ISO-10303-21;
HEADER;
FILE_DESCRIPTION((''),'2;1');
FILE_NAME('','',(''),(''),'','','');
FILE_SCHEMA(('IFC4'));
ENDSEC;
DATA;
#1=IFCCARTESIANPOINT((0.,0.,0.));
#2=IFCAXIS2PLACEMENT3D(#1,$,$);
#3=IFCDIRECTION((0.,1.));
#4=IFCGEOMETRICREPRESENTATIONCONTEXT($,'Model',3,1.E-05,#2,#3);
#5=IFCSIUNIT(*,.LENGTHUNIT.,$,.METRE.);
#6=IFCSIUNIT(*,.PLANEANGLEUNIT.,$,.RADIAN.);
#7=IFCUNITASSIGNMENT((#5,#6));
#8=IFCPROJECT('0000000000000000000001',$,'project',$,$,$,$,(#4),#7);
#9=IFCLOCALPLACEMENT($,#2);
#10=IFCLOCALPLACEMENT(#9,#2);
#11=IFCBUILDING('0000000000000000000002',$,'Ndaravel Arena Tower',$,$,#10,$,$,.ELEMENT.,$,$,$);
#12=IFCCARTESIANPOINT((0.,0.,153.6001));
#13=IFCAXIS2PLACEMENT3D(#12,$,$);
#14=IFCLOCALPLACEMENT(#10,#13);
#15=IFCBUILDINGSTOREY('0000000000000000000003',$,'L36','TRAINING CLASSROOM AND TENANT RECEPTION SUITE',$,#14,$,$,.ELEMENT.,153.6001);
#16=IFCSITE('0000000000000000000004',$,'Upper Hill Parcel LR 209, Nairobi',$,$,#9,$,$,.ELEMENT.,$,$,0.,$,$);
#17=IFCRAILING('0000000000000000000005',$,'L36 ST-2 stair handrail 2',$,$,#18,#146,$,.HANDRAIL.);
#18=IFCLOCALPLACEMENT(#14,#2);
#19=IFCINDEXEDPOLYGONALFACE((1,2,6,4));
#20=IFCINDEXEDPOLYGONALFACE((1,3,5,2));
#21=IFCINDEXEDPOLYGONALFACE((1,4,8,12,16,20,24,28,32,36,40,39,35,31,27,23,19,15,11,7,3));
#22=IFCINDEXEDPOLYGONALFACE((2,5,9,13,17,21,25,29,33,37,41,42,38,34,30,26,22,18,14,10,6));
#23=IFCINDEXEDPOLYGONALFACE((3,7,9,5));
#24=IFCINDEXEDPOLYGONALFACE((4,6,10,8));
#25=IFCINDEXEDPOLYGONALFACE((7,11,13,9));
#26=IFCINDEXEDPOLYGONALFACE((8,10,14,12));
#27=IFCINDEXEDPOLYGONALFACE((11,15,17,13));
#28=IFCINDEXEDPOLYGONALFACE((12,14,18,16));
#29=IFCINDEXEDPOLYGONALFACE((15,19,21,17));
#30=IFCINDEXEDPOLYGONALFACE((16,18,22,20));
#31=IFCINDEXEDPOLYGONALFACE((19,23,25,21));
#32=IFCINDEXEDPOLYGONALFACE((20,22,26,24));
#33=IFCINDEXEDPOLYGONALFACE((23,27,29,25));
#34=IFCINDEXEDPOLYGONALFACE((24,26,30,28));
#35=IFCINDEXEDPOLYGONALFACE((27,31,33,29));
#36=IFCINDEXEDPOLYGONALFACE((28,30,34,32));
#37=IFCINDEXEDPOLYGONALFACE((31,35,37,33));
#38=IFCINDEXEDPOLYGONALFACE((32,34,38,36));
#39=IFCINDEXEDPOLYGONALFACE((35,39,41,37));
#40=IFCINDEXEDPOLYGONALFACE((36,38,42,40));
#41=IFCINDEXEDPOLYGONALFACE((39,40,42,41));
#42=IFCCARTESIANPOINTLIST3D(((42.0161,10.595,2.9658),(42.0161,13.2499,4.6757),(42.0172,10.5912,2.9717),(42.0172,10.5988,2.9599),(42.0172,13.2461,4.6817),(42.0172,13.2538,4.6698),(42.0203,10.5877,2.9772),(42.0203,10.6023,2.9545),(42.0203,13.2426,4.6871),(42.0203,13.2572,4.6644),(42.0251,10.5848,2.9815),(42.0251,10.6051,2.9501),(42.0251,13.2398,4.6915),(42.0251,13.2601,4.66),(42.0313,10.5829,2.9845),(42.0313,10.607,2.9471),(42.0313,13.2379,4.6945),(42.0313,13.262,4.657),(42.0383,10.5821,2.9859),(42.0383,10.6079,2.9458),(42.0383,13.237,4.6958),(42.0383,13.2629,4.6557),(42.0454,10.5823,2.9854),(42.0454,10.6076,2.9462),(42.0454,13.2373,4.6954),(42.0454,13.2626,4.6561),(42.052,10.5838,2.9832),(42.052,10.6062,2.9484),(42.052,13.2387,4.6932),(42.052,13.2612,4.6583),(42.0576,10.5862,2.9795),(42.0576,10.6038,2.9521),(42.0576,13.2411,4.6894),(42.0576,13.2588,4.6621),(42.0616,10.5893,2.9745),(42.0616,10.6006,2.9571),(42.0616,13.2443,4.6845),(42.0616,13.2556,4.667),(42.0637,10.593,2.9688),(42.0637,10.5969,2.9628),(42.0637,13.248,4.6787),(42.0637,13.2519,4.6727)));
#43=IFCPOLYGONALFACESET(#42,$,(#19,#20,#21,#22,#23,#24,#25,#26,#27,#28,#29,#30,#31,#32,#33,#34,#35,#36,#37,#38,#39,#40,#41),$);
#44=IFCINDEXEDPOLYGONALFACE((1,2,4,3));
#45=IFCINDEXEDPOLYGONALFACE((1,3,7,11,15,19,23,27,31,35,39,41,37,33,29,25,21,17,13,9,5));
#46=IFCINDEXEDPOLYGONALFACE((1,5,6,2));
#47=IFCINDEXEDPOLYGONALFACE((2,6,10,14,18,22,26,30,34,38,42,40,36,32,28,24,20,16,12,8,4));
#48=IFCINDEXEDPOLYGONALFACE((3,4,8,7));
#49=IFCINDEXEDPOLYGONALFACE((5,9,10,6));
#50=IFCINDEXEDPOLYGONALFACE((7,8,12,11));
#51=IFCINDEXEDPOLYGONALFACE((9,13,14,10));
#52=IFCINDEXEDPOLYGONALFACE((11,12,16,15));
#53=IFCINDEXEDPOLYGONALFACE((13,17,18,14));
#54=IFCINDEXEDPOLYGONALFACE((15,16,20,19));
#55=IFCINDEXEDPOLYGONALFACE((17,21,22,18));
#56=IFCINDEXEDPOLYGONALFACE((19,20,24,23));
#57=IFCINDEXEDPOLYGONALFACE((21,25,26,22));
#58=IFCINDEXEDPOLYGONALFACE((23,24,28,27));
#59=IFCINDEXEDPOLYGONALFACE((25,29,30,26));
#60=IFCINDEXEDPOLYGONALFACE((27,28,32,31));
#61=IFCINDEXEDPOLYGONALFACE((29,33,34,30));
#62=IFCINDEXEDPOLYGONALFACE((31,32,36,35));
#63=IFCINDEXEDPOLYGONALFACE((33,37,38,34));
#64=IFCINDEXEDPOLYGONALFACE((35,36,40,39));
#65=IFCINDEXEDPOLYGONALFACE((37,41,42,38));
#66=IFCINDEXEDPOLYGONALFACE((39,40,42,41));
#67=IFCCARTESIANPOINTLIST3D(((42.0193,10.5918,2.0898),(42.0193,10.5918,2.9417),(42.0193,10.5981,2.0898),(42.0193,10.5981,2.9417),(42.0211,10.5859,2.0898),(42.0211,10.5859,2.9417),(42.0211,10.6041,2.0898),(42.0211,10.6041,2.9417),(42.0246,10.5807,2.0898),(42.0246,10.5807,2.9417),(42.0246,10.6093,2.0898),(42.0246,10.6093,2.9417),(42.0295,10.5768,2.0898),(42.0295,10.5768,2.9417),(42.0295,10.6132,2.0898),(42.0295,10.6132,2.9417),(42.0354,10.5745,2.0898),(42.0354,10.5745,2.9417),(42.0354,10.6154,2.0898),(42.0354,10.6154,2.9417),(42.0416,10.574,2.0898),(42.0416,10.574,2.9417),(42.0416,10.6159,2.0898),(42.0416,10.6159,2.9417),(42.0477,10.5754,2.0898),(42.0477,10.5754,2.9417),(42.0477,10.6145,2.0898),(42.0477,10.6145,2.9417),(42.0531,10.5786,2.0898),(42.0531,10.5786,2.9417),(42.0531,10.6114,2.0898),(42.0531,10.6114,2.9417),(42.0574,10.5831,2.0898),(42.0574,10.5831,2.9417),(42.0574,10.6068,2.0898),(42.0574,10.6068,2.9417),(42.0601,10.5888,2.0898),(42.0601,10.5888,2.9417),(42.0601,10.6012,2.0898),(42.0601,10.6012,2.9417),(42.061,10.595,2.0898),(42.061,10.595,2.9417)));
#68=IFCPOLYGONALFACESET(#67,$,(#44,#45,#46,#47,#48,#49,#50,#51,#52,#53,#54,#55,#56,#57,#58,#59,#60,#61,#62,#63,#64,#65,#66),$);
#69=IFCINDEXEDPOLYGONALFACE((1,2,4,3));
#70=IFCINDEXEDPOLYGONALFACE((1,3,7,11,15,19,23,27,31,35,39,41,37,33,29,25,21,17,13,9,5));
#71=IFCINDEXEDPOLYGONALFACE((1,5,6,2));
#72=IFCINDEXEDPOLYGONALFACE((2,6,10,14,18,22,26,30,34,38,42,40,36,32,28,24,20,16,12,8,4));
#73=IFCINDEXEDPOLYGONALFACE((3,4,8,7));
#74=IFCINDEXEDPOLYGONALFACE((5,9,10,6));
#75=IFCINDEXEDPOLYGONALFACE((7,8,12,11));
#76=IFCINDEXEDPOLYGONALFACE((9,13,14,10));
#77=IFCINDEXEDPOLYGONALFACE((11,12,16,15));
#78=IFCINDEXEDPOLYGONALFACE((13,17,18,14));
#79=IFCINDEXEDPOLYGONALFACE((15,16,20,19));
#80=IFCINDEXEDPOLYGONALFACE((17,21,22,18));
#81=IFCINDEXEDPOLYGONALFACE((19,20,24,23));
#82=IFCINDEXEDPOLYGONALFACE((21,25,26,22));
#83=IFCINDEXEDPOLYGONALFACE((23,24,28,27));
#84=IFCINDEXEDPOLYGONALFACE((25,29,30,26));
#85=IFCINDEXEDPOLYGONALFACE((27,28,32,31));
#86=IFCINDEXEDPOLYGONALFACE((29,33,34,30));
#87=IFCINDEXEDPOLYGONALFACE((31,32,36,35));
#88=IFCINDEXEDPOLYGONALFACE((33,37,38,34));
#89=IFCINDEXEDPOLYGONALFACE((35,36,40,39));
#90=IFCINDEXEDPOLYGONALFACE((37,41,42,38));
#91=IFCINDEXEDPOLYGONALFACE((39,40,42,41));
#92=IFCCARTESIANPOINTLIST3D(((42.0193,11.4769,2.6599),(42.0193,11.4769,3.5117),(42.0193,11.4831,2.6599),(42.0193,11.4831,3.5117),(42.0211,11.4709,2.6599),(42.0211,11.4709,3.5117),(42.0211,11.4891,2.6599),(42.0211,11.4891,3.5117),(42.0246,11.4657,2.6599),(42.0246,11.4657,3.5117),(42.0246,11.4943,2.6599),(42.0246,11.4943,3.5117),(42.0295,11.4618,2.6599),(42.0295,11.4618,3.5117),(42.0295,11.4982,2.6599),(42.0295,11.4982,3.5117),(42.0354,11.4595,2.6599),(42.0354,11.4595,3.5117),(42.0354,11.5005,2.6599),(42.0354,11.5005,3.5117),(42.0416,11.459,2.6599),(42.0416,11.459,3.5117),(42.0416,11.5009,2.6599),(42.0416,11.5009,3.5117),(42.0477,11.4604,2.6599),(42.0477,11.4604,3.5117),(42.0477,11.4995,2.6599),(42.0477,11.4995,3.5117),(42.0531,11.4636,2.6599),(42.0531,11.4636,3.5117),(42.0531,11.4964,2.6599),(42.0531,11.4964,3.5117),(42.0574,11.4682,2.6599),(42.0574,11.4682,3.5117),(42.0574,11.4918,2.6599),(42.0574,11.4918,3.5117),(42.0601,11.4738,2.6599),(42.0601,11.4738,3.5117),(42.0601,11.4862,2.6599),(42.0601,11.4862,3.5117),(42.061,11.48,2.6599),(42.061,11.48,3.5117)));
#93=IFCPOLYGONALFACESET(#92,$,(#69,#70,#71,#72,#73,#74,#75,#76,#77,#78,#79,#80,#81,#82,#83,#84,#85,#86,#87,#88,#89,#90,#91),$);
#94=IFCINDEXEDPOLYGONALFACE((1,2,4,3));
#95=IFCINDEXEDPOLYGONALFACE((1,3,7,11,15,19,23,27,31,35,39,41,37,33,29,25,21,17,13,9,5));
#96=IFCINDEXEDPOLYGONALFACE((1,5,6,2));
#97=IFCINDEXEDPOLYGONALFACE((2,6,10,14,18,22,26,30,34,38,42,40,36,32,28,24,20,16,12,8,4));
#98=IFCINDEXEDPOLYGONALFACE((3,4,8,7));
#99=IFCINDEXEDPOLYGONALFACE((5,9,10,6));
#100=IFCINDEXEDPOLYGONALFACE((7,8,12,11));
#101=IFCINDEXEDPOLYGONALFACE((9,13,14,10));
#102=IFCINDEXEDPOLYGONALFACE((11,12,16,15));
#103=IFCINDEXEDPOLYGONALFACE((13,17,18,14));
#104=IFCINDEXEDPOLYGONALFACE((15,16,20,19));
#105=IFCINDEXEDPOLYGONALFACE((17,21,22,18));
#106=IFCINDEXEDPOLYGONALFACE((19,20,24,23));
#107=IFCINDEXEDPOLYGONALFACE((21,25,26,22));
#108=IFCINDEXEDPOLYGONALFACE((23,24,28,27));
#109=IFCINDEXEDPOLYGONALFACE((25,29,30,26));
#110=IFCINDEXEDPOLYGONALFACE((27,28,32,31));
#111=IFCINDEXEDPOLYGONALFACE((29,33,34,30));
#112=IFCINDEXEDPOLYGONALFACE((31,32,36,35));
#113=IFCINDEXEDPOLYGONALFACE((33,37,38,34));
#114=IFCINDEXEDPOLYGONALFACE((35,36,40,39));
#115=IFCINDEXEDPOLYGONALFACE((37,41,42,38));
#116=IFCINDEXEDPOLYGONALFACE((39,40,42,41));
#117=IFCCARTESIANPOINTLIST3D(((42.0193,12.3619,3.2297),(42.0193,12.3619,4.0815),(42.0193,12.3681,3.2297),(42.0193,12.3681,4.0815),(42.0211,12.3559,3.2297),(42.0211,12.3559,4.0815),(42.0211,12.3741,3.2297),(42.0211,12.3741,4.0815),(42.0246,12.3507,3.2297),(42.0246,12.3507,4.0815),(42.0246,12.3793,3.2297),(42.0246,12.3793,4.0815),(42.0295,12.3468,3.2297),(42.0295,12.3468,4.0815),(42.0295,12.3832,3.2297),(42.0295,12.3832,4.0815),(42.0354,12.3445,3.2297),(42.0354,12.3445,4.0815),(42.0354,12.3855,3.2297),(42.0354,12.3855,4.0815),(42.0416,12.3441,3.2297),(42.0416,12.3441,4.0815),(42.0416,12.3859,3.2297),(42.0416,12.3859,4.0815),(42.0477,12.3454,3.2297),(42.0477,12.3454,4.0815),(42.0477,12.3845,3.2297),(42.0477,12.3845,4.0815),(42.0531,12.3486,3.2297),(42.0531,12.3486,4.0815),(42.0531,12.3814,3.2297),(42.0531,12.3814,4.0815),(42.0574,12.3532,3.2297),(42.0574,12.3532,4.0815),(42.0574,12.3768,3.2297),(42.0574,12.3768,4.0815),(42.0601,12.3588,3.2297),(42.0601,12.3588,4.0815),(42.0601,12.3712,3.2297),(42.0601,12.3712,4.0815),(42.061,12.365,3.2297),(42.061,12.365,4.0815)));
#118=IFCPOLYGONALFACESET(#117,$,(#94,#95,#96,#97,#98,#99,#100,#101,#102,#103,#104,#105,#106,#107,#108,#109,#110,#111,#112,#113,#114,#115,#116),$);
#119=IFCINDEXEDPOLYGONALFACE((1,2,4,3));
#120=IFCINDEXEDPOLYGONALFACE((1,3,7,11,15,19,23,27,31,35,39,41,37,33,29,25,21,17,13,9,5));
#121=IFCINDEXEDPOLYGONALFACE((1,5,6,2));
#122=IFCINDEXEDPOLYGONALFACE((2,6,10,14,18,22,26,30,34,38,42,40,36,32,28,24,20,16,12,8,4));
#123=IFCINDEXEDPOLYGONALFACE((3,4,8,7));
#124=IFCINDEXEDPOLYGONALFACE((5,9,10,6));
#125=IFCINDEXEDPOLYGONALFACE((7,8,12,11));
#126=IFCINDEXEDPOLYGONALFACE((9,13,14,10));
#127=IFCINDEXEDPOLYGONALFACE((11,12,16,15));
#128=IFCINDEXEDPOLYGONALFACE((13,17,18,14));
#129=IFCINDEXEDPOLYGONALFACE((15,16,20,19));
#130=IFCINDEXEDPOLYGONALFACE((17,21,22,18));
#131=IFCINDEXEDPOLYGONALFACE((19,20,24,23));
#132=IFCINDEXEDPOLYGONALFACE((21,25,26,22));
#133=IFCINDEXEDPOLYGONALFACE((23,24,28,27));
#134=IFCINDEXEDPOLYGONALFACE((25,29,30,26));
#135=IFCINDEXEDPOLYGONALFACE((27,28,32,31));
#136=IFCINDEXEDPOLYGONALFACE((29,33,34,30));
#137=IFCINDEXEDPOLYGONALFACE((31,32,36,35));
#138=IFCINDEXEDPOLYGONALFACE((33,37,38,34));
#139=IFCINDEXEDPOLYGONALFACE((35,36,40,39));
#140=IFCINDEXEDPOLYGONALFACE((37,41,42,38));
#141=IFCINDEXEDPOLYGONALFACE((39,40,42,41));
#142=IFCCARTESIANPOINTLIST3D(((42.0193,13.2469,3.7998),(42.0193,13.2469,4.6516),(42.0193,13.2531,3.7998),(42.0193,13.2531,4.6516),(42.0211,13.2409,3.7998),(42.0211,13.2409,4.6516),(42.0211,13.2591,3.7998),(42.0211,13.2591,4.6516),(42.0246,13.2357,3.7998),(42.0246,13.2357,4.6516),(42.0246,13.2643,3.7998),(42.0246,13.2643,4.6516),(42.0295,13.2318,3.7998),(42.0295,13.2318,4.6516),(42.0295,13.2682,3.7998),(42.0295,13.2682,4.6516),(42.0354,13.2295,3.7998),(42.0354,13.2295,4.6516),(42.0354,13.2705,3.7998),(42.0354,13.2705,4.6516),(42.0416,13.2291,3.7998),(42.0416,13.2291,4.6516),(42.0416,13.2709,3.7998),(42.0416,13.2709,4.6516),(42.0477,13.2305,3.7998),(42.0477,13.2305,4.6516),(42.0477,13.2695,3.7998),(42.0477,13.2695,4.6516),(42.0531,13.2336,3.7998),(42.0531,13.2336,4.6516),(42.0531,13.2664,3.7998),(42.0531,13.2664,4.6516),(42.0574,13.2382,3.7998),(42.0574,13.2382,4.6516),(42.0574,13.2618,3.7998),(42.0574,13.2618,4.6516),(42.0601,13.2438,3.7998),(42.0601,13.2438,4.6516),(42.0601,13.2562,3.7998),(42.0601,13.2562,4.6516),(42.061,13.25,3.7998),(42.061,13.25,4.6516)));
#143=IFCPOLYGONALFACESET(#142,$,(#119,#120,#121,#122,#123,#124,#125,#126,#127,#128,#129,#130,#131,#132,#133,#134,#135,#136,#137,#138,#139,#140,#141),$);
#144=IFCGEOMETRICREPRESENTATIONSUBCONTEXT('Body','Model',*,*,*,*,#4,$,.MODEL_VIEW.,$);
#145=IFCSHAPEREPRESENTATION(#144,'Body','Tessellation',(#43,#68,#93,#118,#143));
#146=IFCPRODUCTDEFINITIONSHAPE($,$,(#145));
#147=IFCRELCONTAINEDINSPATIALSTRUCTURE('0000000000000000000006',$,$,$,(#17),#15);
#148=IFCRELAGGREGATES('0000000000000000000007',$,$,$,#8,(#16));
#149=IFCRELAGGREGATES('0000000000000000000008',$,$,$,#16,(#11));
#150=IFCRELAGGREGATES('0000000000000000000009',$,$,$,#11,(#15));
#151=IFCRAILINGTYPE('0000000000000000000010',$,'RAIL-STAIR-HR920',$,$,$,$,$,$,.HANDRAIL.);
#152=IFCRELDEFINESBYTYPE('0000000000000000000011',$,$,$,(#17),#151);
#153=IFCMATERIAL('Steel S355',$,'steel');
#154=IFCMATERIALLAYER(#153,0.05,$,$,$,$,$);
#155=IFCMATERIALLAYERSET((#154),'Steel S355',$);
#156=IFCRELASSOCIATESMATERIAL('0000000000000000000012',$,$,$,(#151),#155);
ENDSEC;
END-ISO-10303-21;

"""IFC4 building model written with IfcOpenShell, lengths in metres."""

from ifc_helpers import new_model, si_unit, direction, frame, origin, origin_2d, place, context, subcontext, project, spatial, circle, extrude, material, layer, layer_set, type_object, element, save


model = new_model("IFC4")

# Units and contexts
model_context = context("Model", 3, precision=1e-05, world=origin(), true_north=direction((0.0, 1.0)))
body_context = subcontext(model_context, "Body", "Model", "MODEL_VIEW")
ifc_project = project(units=[si_unit("LENGTHUNIT", "METRE"), si_unit("PLANEANGLEUNIT", "RADIAN")], contexts=[model_context])

# Site, building, storey
site_placement = place(None, origin())
site = spatial("IfcSite", under=ifc_project, at=site_placement, Name="Upper Hill Parcel LR 209, Nairobi", CompositionType="ELEMENT", RefElevation=0.0)
building_placement = place(site_placement, origin())
building = spatial("IfcBuilding", under=site, at=building_placement, Name="Ndaravel Arena Tower", CompositionType="ELEMENT")
storey_placement = place(building_placement, frame((0.0, 0.0, 153.6001)))
storey = spatial("IfcBuildingStorey", under=building, at=storey_placement, Name="L36", Description="TRAINING CLASSROOM AND TENANT RECEPTION SUITE", CompositionType="ELEMENT", Elevation=153.6001)

# Railing
ifc_material_1 = material(Name="Steel S355", Category="steel")
ifc_layer_1 = layer(ifc_material_1, 0.05)
ifc_layer_set_1 = layer_set([ifc_layer_1], Name="Steel S355")
railing_type_1 = type_object("IfcRailingType", Name="RAIL-STAIR-HR920", PredefinedType="HANDRAIL", material=ifc_layer_set_1)
railing_1_placement = place(storey_placement, frame((42.04, 10.595, 2.0898)))
element("IfcRailing", 1, at=railing_1_placement, inside=storey, type_object=railing_type_1, Name="L36 ST-2 stair handrail 2", PredefinedType="HANDRAIL", context=body_context, shape_type="SweptSolid", body=[
    extrude(circle(Radius=0.0239, at=origin_2d()), frame((0.0, 0.0, 0.876), z_axis=(0.0, 0.840724, 0.541465), x_axis=(-1.0, 0.0, 0.0)), (0.0, 0.0, 1.0), 3.158),
    extrude(circle(Radius=0.021, at=origin_2d()), origin(), (0.0, 0.0, 1.0), 0.8518),
    extrude(circle(Radius=0.021, at=origin_2d()), frame((0.0, 0.885, 0.5701)), (0.0, 0.0, 1.0), 0.8518),
    extrude(circle(Radius=0.021, at=origin_2d()), frame((0.0, 1.77, 1.1399)), (0.0, 0.0, 1.0), 0.8518),
    extrude(circle(Radius=0.021, at=origin_2d()), frame((0.0, 2.655, 1.71)), (0.0, 0.0, 1.0), 0.8518),
])

save(model, "model.ifc")
